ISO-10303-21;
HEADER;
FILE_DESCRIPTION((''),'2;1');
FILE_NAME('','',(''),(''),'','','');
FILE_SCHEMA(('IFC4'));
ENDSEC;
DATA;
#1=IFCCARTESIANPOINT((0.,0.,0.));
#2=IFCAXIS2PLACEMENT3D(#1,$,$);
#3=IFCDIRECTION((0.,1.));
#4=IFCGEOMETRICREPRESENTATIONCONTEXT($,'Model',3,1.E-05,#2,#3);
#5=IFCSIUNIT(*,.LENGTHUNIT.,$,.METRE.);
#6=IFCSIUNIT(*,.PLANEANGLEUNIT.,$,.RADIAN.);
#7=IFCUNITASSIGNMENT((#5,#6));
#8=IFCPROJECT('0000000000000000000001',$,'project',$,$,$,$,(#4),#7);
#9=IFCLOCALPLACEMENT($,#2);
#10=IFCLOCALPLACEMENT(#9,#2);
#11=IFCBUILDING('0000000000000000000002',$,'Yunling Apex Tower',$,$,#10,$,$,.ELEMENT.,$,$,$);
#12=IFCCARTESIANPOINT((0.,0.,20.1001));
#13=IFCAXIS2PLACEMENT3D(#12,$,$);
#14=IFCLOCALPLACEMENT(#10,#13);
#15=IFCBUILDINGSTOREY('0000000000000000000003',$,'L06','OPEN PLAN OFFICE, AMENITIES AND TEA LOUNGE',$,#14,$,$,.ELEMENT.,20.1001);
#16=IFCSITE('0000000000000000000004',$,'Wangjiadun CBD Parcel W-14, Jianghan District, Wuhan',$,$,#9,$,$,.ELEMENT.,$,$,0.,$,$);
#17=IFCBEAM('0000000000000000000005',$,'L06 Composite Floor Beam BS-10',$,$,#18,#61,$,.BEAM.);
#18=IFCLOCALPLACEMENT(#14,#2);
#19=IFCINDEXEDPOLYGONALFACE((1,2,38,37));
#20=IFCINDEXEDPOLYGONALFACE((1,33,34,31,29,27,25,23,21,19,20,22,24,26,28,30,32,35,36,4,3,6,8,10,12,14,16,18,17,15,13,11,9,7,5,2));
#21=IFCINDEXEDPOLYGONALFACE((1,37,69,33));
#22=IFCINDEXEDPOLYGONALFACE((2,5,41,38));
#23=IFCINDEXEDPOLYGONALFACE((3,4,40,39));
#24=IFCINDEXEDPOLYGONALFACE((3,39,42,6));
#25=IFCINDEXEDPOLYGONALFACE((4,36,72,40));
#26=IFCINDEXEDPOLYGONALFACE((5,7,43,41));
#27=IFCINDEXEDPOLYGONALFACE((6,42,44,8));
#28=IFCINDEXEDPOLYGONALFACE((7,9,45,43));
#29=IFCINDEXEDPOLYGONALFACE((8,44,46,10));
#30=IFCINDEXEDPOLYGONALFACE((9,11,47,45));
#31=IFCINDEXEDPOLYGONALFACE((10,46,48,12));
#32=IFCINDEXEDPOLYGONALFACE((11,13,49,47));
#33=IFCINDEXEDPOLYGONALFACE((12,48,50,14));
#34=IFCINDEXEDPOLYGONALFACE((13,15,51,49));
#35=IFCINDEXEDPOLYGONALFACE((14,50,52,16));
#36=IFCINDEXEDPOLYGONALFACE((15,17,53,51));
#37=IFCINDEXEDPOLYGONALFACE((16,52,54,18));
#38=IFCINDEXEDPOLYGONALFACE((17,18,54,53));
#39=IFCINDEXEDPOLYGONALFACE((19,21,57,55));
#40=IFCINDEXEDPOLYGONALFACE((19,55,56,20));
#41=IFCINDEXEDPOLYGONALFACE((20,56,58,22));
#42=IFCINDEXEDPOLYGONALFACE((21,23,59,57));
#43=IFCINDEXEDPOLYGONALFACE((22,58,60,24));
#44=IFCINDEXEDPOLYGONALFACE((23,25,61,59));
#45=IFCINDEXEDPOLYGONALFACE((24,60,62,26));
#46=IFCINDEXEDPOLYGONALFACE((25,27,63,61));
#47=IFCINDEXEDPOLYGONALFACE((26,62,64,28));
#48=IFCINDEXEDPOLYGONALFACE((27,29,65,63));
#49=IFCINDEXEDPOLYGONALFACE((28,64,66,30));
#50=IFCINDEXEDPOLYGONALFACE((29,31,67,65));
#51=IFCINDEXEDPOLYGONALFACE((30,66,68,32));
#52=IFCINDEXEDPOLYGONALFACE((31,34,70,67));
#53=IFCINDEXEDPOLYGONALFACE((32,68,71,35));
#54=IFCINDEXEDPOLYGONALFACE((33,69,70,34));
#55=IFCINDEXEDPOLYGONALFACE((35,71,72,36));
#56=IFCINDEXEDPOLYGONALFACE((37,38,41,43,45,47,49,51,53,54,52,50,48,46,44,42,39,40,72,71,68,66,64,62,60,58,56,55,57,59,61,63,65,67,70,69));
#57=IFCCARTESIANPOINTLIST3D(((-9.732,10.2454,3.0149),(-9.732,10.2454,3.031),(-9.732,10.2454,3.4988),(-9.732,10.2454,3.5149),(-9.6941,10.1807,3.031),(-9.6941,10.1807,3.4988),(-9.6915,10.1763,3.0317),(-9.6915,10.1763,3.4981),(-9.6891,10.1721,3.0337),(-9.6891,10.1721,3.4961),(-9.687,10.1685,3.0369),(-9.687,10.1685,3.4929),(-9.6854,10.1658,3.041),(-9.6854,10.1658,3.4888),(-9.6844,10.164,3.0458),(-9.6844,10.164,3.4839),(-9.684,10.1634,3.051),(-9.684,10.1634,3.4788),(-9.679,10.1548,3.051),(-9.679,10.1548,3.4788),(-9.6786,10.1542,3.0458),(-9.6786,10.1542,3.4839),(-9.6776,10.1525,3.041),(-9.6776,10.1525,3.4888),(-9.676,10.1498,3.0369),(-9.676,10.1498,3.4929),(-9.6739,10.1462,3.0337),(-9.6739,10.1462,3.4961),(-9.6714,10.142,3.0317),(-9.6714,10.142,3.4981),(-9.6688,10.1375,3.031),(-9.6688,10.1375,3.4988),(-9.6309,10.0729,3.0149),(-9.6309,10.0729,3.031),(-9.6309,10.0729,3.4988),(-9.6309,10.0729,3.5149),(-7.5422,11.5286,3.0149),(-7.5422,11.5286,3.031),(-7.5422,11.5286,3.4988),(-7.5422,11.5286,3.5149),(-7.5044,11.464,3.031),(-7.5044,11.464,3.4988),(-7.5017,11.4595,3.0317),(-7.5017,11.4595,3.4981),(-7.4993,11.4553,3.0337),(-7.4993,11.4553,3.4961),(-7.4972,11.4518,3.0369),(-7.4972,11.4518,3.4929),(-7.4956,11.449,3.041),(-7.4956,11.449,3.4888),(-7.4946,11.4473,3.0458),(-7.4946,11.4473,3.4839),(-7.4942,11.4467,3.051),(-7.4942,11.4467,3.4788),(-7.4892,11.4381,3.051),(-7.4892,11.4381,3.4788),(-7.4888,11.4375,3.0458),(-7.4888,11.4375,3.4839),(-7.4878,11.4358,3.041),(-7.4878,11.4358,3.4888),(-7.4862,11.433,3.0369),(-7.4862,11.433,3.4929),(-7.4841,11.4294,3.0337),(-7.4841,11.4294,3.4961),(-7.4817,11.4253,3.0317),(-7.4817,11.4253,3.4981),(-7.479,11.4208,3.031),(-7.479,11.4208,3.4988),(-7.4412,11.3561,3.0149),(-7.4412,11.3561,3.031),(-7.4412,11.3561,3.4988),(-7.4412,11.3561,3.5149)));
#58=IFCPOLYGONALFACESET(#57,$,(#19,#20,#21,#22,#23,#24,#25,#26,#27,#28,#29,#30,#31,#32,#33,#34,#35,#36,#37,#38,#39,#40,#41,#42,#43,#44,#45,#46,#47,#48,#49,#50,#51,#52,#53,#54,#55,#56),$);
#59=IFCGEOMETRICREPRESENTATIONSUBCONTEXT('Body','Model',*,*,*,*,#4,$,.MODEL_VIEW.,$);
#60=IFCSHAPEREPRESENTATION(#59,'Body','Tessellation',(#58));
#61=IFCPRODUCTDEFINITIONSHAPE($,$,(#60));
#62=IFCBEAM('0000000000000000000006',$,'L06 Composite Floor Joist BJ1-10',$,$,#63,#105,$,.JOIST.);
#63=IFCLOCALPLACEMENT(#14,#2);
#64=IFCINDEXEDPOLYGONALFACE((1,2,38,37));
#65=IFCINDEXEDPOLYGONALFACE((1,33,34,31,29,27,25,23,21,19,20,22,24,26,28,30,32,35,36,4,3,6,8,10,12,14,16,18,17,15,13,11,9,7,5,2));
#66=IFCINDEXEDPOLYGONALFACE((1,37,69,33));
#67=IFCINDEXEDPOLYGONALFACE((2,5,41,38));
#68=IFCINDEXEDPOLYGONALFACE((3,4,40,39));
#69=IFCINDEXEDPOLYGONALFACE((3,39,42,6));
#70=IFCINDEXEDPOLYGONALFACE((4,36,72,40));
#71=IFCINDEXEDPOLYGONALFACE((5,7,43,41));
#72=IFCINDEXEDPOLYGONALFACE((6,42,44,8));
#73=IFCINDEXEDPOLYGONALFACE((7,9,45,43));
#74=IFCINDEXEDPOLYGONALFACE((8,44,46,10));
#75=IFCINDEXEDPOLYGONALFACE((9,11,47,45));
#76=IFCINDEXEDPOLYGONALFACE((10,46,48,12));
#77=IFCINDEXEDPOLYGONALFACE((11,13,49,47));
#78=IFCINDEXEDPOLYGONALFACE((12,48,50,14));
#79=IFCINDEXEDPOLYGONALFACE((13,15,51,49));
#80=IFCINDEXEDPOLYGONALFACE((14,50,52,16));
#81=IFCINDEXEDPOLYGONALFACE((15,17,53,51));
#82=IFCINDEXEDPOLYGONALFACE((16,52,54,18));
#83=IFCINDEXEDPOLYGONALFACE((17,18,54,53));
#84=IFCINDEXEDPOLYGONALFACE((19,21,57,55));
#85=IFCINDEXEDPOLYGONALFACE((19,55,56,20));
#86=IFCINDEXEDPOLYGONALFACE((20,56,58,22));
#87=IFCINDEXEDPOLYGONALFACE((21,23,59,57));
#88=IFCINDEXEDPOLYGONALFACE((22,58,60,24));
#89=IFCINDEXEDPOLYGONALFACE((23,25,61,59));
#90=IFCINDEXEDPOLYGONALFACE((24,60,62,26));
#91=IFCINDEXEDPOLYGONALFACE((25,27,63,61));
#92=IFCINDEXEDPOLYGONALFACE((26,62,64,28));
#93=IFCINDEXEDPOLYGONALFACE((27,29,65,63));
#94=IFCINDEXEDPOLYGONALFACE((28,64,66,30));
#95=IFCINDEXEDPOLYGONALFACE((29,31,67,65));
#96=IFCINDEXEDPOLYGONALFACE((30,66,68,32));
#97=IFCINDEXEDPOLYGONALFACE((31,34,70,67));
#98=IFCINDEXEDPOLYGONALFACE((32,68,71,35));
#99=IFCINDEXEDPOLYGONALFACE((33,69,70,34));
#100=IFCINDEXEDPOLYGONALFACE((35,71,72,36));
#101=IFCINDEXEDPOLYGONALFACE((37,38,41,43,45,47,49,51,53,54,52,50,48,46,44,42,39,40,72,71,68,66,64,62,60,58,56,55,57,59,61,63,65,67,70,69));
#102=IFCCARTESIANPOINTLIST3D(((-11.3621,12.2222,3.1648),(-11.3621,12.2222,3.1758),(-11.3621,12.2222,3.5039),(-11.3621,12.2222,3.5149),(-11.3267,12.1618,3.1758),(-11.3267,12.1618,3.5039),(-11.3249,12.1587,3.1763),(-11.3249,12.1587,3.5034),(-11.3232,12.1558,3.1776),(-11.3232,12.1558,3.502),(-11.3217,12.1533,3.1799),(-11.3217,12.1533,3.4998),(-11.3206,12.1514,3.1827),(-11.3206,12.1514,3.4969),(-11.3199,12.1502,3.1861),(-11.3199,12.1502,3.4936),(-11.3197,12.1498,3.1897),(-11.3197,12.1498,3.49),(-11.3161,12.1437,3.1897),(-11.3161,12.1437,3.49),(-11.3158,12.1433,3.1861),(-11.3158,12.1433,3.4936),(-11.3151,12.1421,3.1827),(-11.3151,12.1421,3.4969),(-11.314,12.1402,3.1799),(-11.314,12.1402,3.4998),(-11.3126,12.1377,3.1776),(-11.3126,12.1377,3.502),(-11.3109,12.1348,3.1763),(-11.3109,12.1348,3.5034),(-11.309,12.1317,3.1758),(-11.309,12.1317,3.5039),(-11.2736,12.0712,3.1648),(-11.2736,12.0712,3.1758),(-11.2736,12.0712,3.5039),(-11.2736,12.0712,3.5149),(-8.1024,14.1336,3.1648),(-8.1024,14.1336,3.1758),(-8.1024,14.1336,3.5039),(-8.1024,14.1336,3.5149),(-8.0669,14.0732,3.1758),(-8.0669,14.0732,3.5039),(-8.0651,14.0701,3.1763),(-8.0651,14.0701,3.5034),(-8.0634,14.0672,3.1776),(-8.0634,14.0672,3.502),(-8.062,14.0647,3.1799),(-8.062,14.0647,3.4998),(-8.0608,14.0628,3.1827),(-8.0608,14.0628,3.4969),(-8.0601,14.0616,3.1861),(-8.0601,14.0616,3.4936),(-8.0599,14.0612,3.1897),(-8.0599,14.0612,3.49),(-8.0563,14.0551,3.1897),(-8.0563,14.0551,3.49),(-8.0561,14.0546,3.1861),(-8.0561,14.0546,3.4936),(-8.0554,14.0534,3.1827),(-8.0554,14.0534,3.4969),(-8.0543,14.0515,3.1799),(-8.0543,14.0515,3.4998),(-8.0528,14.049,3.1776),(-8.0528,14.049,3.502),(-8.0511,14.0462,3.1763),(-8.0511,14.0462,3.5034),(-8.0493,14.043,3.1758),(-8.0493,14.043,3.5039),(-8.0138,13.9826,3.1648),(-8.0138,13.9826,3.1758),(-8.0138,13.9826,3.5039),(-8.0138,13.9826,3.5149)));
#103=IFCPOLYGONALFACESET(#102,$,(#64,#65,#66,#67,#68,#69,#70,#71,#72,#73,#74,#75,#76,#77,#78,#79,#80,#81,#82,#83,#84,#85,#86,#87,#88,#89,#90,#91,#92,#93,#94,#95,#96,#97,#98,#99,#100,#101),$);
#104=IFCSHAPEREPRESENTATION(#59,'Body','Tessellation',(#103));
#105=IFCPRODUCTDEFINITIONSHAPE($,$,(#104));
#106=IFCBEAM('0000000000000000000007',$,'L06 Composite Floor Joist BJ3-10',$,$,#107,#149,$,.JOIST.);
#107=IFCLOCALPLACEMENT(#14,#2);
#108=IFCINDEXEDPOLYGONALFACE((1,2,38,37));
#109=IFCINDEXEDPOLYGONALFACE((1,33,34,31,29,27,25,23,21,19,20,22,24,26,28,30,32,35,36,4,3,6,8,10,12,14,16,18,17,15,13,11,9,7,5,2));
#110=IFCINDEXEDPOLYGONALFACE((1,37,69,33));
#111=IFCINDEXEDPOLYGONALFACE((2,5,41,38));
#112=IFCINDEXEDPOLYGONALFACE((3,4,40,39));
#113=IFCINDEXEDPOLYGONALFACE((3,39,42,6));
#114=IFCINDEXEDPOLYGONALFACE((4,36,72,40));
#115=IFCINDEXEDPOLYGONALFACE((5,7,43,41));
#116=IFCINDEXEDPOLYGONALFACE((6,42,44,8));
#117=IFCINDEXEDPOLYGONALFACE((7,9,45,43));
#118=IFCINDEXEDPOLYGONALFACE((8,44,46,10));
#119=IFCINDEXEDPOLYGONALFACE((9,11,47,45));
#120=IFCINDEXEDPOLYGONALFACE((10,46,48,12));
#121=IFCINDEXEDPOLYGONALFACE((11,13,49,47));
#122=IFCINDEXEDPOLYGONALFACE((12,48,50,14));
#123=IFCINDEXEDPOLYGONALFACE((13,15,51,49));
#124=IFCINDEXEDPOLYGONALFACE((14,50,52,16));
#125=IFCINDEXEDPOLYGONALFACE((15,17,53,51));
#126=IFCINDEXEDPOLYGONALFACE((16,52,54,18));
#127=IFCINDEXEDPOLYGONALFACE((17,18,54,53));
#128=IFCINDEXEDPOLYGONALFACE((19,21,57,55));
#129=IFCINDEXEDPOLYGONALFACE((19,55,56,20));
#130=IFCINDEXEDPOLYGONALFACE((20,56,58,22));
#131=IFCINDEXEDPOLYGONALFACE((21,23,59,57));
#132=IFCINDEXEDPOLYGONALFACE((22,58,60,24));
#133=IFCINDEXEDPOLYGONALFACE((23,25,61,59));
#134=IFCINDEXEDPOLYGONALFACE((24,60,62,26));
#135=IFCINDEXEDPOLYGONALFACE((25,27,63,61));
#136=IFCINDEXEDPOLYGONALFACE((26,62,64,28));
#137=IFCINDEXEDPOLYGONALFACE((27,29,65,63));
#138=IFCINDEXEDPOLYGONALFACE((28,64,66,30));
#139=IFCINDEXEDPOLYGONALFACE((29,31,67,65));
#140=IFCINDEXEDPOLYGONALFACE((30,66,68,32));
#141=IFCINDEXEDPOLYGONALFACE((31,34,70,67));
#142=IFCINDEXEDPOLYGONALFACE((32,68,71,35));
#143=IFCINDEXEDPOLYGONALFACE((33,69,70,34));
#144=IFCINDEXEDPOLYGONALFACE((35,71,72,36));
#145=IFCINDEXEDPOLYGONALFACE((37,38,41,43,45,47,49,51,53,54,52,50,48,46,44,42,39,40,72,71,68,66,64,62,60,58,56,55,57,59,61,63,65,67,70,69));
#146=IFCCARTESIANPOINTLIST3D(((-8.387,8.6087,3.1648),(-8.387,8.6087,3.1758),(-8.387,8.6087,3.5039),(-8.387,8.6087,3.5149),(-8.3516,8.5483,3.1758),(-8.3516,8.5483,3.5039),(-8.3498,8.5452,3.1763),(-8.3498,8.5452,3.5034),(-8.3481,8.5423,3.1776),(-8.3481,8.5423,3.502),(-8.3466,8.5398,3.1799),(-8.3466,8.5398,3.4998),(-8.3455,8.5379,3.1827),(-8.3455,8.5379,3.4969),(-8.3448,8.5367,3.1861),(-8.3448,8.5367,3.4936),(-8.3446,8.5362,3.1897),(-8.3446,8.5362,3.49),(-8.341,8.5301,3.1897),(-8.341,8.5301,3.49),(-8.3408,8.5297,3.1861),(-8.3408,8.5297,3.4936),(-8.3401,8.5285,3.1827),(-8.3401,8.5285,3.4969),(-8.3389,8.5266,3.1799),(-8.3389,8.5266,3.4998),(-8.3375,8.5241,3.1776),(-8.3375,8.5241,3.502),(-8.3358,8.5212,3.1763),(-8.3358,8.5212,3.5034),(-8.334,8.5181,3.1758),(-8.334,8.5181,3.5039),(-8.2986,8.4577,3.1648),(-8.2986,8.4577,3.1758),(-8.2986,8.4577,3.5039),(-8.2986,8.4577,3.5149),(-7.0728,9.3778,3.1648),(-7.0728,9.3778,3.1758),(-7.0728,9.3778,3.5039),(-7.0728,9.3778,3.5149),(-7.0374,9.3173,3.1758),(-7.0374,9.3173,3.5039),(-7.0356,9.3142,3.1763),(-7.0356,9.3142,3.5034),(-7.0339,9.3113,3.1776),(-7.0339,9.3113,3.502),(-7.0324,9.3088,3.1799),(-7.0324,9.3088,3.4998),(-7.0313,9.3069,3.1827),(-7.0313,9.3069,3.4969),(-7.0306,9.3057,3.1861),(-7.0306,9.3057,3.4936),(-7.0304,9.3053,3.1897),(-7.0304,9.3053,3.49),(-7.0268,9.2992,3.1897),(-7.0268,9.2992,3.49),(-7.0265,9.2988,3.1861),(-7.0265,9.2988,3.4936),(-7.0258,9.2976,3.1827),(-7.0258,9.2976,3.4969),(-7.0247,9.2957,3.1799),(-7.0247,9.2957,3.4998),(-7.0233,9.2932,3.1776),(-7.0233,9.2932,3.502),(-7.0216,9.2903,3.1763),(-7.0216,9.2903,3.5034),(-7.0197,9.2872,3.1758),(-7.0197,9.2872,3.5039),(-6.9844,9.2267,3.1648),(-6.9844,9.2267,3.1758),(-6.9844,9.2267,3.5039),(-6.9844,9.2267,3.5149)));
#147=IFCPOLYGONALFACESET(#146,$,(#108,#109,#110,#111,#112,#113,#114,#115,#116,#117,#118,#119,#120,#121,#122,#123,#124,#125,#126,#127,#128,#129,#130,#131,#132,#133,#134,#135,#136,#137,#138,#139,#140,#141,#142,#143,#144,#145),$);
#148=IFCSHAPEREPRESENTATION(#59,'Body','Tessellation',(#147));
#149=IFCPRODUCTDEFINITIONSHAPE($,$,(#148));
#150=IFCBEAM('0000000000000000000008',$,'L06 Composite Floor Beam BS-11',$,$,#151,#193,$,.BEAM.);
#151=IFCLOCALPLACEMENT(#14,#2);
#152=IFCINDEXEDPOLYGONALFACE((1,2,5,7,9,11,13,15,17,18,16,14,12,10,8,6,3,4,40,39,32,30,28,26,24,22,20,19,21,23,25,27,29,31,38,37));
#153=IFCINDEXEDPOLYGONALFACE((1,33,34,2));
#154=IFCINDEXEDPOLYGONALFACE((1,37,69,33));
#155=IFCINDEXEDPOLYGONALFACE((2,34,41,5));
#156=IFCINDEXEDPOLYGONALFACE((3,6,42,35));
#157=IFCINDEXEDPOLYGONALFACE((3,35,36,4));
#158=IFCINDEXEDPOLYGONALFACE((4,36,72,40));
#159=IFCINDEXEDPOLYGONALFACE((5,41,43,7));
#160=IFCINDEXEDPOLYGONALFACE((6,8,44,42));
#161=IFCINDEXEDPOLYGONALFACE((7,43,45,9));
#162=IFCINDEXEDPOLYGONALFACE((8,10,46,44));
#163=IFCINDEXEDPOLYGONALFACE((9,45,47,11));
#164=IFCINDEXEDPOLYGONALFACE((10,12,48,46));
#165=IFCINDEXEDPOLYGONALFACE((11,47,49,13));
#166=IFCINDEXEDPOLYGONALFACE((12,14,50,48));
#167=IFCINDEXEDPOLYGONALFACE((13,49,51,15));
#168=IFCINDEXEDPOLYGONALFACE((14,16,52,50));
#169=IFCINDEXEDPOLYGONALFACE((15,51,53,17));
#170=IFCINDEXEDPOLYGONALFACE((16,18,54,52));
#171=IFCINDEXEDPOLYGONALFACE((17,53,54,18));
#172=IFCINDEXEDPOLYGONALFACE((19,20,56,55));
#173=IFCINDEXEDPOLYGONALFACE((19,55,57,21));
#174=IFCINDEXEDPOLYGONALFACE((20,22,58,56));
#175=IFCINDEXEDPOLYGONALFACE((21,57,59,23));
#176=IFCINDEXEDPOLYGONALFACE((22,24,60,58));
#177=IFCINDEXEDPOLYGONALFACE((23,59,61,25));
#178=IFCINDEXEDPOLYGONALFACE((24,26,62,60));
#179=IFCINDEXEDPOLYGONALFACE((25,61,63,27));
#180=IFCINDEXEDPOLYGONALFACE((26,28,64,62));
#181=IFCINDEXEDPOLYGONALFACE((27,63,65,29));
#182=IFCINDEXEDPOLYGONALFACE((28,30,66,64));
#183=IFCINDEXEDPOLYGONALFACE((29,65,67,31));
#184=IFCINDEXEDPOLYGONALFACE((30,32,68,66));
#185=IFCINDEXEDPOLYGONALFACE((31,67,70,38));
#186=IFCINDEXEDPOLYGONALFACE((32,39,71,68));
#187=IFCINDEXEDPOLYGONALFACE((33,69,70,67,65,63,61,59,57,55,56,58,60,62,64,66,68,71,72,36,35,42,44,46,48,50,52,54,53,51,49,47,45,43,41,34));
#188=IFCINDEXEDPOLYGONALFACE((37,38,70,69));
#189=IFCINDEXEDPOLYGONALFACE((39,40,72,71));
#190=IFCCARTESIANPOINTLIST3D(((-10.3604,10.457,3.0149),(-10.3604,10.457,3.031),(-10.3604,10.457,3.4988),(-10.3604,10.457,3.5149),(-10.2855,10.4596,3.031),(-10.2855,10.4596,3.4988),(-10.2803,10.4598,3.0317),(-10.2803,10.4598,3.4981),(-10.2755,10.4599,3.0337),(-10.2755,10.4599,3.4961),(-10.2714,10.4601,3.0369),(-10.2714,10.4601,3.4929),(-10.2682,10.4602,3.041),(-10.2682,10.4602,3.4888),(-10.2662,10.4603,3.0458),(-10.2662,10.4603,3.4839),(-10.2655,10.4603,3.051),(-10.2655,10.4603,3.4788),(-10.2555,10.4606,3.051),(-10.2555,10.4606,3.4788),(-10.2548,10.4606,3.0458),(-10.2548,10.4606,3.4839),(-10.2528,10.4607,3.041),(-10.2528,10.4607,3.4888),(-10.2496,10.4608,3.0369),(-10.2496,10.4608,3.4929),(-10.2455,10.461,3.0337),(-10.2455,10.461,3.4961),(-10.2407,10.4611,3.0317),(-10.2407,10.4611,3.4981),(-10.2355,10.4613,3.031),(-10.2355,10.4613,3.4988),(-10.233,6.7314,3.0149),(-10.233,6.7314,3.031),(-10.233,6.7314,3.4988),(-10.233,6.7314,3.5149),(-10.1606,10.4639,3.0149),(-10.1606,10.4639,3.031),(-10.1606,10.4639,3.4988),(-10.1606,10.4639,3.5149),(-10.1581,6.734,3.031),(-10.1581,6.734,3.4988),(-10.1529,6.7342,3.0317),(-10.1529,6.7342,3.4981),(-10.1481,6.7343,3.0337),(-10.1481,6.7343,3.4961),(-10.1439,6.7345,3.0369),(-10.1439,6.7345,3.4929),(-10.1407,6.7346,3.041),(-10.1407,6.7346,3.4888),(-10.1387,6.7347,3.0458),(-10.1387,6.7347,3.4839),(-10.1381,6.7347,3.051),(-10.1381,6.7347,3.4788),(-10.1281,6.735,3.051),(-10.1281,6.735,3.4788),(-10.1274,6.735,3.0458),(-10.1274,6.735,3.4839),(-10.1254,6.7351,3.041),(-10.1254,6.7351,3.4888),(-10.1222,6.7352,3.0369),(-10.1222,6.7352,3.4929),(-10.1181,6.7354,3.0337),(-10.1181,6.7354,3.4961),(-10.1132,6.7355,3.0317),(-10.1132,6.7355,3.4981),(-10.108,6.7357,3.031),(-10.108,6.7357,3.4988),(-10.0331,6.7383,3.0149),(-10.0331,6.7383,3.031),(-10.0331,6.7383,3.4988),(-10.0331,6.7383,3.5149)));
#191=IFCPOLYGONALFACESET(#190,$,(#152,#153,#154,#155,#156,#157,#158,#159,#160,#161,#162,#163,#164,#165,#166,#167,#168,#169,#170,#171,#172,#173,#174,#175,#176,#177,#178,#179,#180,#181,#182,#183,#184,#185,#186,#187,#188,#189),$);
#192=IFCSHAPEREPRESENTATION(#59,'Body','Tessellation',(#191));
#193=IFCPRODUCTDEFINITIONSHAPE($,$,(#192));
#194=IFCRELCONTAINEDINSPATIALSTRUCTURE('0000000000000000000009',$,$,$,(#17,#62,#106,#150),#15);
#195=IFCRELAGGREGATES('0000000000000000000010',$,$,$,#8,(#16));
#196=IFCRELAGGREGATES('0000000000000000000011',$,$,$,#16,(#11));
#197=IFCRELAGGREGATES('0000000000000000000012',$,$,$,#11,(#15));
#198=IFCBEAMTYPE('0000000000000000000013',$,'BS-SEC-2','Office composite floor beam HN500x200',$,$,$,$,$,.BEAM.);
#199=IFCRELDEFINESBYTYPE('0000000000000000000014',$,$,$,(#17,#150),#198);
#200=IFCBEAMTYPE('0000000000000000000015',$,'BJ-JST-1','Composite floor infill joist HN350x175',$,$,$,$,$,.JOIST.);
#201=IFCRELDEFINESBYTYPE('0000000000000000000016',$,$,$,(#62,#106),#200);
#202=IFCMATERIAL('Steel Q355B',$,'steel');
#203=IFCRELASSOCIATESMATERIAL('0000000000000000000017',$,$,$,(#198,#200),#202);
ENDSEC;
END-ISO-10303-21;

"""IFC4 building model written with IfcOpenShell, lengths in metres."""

from ifc_helpers import new_model, si_unit, direction, frame, origin, origin_2d, place, context, subcontext, project, spatial, i_section, extrude, source, transform, mapped, material, material_profile, profile_set, type_object, element, save


model = new_model("IFC4")

# Units and contexts
model_context = context("Model", 3, precision=1e-05, world=origin(), true_north=direction((0.0, 1.0)))
body_context = subcontext(model_context, "Body", "Model", "MODEL_VIEW")
ifc_project = project(units=[si_unit("LENGTHUNIT", "METRE"), si_unit("PLANEANGLEUNIT", "RADIAN")], contexts=[model_context])

# Site, building, storey
site_placement = place(None, origin())
site = spatial("IfcSite", under=ifc_project, at=site_placement, Name="Wangjiadun CBD Parcel W-14, Jianghan District, Wuhan", CompositionType="ELEMENT", RefElevation=0.0)
building_placement = place(site_placement, origin())
building = spatial("IfcBuilding", under=site, at=building_placement, Name="Yunling Apex Tower", CompositionType="ELEMENT")
storey_placement = place(building_placement, frame((0.0, 0.0, 20.1001)))
storey = spatial("IfcBuildingStorey", under=building, at=storey_placement, Name="L06", Description="OPEN PLAN OFFICE, AMENITIES AND TEA LOUNGE", CompositionType="ELEMENT", Elevation=20.1001)

# Beams
ifc_material_1 = material(Name="Steel Q355B", Category="steel")
ifc_material_profile_1 = material_profile(ifc_material_1, i_section(OverallWidth=0.2, OverallDepth=0.5, WebThickness=0.01, FlangeThickness=0.0161, FilletRadius=0.02, at=origin_2d()))
ifc_profile_set_1 = profile_set([ifc_material_profile_1], Name="Steel Q355B")
beam_type_1 = type_object("IfcBeamType", Name="BS-SEC-2", Description="Office composite floor beam HN500x200", PredefinedType="BEAM", material=ifc_profile_set_1)
ifc_material_profile_2 = material_profile(ifc_material_1, i_section(OverallWidth=0.175, OverallDepth=0.3501, WebThickness=0.0071, FlangeThickness=0.011, FilletRadius=0.0139, at=origin_2d()))
ifc_profile_set_2 = profile_set([ifc_material_profile_2], Name="Steel Q355B")
beam_type_2 = type_object("IfcBeamType", Name="BJ-JST-1", Description="Composite floor infill joist HN350x175", PredefinedType="JOIST", material=ifc_profile_set_2)
shared_shape_1 = source(origin(), body_context, "Body", "SweptSolid", [
    extrude(i_section(OverallWidth=0.2, OverallDepth=0.5, WebThickness=0.01, FlangeThickness=0.0161, FilletRadius=0.02, at=origin_2d()), origin(), (0.0, 0.0, 1.0), 2.5381),
])
beam_1_placement = place(storey_placement, frame((-7.4917, 11.4424, 3.2649), z_axis=(-0.862769, -0.505599, 0.0), x_axis=(0.505599, -0.862769, 0.0)))
element("IfcBeam", 1, at=beam_1_placement, inside=storey, type_object=beam_type_1, Name="L06 Composite Floor Beam BS-10", PredefinedType="BEAM", context=body_context, shape_type="MappedRepresentation", body=[
    mapped(shared_shape_1, transform((0.0, 0.0, 0.0), scale=1.0)),
])
shared_shape_2 = source(origin(), body_context, "Body", "SweptSolid", [
    extrude(i_section(OverallWidth=0.175, OverallDepth=0.3501, WebThickness=0.0071, FlangeThickness=0.011, FilletRadius=0.0139, at=origin_2d()), origin(), (0.0, 0.0, 1.0), 3.7788),
])
beam_2_placement = place(storey_placement, frame((-8.0581, 14.0581, 3.3398), z_axis=(-0.862643, -0.505814, 0.0), x_axis=(0.505814, -0.862643, 0.0)))
element("IfcBeam", 2, at=beam_2_placement, inside=storey, type_object=beam_type_2, Name="L06 Composite Floor Joist BJ1-10", PredefinedType="JOIST", context=body_context, shape_type="MappedRepresentation", body=[
    mapped(shared_shape_2, transform((0.0, 0.0, 0.0), scale=1.0)),
])
shared_shape_3 = source(origin(), body_context, "Body", "SweptSolid", [
    extrude(i_section(OverallWidth=0.175, OverallDepth=0.3501, WebThickness=0.0071, FlangeThickness=0.011, FilletRadius=0.0139, at=origin_2d()), origin(), (0.0, 0.0, 1.0), 1.5227),
])
beam_3_placement = place(storey_placement, frame((-7.0286, 9.3022, 3.3398), z_axis=(-0.863086, -0.505057, 0.0), x_axis=(0.505057, -0.863086, 0.0)))
element("IfcBeam", 3, at=beam_3_placement, inside=storey, type_object=beam_type_2, Name="L06 Composite Floor Joist BJ3-10", PredefinedType="JOIST", context=body_context, shape_type="MappedRepresentation", body=[
    mapped(shared_shape_3, transform((0.0, 0.0, 0.0), scale=1.0)),
])
shared_shape_4 = source(origin(), body_context, "Body", "SweptSolid", [
    extrude(i_section(OverallWidth=0.2, OverallDepth=0.5, WebThickness=0.01, FlangeThickness=0.0161, FilletRadius=0.02, at=origin_2d()), origin(), (0.0, 0.0, 1.0), 3.7278),
])
beam_4_placement = place(storey_placement, frame((-10.2605, 10.4604, 3.2649), z_axis=(0.034187, -0.999415, 0.0), x_axis=(0.999415, 0.034187, 0.0)))
element("IfcBeam", 4, at=beam_4_placement, inside=storey, type_object=beam_type_1, Name="L06 Composite Floor Beam BS-11", PredefinedType="BEAM", context=body_context, shape_type="MappedRepresentation", body=[
    mapped(shared_shape_4, transform((0.0, 0.0, 0.0), scale=1.0)),
])

save(model, "model.ifc")
